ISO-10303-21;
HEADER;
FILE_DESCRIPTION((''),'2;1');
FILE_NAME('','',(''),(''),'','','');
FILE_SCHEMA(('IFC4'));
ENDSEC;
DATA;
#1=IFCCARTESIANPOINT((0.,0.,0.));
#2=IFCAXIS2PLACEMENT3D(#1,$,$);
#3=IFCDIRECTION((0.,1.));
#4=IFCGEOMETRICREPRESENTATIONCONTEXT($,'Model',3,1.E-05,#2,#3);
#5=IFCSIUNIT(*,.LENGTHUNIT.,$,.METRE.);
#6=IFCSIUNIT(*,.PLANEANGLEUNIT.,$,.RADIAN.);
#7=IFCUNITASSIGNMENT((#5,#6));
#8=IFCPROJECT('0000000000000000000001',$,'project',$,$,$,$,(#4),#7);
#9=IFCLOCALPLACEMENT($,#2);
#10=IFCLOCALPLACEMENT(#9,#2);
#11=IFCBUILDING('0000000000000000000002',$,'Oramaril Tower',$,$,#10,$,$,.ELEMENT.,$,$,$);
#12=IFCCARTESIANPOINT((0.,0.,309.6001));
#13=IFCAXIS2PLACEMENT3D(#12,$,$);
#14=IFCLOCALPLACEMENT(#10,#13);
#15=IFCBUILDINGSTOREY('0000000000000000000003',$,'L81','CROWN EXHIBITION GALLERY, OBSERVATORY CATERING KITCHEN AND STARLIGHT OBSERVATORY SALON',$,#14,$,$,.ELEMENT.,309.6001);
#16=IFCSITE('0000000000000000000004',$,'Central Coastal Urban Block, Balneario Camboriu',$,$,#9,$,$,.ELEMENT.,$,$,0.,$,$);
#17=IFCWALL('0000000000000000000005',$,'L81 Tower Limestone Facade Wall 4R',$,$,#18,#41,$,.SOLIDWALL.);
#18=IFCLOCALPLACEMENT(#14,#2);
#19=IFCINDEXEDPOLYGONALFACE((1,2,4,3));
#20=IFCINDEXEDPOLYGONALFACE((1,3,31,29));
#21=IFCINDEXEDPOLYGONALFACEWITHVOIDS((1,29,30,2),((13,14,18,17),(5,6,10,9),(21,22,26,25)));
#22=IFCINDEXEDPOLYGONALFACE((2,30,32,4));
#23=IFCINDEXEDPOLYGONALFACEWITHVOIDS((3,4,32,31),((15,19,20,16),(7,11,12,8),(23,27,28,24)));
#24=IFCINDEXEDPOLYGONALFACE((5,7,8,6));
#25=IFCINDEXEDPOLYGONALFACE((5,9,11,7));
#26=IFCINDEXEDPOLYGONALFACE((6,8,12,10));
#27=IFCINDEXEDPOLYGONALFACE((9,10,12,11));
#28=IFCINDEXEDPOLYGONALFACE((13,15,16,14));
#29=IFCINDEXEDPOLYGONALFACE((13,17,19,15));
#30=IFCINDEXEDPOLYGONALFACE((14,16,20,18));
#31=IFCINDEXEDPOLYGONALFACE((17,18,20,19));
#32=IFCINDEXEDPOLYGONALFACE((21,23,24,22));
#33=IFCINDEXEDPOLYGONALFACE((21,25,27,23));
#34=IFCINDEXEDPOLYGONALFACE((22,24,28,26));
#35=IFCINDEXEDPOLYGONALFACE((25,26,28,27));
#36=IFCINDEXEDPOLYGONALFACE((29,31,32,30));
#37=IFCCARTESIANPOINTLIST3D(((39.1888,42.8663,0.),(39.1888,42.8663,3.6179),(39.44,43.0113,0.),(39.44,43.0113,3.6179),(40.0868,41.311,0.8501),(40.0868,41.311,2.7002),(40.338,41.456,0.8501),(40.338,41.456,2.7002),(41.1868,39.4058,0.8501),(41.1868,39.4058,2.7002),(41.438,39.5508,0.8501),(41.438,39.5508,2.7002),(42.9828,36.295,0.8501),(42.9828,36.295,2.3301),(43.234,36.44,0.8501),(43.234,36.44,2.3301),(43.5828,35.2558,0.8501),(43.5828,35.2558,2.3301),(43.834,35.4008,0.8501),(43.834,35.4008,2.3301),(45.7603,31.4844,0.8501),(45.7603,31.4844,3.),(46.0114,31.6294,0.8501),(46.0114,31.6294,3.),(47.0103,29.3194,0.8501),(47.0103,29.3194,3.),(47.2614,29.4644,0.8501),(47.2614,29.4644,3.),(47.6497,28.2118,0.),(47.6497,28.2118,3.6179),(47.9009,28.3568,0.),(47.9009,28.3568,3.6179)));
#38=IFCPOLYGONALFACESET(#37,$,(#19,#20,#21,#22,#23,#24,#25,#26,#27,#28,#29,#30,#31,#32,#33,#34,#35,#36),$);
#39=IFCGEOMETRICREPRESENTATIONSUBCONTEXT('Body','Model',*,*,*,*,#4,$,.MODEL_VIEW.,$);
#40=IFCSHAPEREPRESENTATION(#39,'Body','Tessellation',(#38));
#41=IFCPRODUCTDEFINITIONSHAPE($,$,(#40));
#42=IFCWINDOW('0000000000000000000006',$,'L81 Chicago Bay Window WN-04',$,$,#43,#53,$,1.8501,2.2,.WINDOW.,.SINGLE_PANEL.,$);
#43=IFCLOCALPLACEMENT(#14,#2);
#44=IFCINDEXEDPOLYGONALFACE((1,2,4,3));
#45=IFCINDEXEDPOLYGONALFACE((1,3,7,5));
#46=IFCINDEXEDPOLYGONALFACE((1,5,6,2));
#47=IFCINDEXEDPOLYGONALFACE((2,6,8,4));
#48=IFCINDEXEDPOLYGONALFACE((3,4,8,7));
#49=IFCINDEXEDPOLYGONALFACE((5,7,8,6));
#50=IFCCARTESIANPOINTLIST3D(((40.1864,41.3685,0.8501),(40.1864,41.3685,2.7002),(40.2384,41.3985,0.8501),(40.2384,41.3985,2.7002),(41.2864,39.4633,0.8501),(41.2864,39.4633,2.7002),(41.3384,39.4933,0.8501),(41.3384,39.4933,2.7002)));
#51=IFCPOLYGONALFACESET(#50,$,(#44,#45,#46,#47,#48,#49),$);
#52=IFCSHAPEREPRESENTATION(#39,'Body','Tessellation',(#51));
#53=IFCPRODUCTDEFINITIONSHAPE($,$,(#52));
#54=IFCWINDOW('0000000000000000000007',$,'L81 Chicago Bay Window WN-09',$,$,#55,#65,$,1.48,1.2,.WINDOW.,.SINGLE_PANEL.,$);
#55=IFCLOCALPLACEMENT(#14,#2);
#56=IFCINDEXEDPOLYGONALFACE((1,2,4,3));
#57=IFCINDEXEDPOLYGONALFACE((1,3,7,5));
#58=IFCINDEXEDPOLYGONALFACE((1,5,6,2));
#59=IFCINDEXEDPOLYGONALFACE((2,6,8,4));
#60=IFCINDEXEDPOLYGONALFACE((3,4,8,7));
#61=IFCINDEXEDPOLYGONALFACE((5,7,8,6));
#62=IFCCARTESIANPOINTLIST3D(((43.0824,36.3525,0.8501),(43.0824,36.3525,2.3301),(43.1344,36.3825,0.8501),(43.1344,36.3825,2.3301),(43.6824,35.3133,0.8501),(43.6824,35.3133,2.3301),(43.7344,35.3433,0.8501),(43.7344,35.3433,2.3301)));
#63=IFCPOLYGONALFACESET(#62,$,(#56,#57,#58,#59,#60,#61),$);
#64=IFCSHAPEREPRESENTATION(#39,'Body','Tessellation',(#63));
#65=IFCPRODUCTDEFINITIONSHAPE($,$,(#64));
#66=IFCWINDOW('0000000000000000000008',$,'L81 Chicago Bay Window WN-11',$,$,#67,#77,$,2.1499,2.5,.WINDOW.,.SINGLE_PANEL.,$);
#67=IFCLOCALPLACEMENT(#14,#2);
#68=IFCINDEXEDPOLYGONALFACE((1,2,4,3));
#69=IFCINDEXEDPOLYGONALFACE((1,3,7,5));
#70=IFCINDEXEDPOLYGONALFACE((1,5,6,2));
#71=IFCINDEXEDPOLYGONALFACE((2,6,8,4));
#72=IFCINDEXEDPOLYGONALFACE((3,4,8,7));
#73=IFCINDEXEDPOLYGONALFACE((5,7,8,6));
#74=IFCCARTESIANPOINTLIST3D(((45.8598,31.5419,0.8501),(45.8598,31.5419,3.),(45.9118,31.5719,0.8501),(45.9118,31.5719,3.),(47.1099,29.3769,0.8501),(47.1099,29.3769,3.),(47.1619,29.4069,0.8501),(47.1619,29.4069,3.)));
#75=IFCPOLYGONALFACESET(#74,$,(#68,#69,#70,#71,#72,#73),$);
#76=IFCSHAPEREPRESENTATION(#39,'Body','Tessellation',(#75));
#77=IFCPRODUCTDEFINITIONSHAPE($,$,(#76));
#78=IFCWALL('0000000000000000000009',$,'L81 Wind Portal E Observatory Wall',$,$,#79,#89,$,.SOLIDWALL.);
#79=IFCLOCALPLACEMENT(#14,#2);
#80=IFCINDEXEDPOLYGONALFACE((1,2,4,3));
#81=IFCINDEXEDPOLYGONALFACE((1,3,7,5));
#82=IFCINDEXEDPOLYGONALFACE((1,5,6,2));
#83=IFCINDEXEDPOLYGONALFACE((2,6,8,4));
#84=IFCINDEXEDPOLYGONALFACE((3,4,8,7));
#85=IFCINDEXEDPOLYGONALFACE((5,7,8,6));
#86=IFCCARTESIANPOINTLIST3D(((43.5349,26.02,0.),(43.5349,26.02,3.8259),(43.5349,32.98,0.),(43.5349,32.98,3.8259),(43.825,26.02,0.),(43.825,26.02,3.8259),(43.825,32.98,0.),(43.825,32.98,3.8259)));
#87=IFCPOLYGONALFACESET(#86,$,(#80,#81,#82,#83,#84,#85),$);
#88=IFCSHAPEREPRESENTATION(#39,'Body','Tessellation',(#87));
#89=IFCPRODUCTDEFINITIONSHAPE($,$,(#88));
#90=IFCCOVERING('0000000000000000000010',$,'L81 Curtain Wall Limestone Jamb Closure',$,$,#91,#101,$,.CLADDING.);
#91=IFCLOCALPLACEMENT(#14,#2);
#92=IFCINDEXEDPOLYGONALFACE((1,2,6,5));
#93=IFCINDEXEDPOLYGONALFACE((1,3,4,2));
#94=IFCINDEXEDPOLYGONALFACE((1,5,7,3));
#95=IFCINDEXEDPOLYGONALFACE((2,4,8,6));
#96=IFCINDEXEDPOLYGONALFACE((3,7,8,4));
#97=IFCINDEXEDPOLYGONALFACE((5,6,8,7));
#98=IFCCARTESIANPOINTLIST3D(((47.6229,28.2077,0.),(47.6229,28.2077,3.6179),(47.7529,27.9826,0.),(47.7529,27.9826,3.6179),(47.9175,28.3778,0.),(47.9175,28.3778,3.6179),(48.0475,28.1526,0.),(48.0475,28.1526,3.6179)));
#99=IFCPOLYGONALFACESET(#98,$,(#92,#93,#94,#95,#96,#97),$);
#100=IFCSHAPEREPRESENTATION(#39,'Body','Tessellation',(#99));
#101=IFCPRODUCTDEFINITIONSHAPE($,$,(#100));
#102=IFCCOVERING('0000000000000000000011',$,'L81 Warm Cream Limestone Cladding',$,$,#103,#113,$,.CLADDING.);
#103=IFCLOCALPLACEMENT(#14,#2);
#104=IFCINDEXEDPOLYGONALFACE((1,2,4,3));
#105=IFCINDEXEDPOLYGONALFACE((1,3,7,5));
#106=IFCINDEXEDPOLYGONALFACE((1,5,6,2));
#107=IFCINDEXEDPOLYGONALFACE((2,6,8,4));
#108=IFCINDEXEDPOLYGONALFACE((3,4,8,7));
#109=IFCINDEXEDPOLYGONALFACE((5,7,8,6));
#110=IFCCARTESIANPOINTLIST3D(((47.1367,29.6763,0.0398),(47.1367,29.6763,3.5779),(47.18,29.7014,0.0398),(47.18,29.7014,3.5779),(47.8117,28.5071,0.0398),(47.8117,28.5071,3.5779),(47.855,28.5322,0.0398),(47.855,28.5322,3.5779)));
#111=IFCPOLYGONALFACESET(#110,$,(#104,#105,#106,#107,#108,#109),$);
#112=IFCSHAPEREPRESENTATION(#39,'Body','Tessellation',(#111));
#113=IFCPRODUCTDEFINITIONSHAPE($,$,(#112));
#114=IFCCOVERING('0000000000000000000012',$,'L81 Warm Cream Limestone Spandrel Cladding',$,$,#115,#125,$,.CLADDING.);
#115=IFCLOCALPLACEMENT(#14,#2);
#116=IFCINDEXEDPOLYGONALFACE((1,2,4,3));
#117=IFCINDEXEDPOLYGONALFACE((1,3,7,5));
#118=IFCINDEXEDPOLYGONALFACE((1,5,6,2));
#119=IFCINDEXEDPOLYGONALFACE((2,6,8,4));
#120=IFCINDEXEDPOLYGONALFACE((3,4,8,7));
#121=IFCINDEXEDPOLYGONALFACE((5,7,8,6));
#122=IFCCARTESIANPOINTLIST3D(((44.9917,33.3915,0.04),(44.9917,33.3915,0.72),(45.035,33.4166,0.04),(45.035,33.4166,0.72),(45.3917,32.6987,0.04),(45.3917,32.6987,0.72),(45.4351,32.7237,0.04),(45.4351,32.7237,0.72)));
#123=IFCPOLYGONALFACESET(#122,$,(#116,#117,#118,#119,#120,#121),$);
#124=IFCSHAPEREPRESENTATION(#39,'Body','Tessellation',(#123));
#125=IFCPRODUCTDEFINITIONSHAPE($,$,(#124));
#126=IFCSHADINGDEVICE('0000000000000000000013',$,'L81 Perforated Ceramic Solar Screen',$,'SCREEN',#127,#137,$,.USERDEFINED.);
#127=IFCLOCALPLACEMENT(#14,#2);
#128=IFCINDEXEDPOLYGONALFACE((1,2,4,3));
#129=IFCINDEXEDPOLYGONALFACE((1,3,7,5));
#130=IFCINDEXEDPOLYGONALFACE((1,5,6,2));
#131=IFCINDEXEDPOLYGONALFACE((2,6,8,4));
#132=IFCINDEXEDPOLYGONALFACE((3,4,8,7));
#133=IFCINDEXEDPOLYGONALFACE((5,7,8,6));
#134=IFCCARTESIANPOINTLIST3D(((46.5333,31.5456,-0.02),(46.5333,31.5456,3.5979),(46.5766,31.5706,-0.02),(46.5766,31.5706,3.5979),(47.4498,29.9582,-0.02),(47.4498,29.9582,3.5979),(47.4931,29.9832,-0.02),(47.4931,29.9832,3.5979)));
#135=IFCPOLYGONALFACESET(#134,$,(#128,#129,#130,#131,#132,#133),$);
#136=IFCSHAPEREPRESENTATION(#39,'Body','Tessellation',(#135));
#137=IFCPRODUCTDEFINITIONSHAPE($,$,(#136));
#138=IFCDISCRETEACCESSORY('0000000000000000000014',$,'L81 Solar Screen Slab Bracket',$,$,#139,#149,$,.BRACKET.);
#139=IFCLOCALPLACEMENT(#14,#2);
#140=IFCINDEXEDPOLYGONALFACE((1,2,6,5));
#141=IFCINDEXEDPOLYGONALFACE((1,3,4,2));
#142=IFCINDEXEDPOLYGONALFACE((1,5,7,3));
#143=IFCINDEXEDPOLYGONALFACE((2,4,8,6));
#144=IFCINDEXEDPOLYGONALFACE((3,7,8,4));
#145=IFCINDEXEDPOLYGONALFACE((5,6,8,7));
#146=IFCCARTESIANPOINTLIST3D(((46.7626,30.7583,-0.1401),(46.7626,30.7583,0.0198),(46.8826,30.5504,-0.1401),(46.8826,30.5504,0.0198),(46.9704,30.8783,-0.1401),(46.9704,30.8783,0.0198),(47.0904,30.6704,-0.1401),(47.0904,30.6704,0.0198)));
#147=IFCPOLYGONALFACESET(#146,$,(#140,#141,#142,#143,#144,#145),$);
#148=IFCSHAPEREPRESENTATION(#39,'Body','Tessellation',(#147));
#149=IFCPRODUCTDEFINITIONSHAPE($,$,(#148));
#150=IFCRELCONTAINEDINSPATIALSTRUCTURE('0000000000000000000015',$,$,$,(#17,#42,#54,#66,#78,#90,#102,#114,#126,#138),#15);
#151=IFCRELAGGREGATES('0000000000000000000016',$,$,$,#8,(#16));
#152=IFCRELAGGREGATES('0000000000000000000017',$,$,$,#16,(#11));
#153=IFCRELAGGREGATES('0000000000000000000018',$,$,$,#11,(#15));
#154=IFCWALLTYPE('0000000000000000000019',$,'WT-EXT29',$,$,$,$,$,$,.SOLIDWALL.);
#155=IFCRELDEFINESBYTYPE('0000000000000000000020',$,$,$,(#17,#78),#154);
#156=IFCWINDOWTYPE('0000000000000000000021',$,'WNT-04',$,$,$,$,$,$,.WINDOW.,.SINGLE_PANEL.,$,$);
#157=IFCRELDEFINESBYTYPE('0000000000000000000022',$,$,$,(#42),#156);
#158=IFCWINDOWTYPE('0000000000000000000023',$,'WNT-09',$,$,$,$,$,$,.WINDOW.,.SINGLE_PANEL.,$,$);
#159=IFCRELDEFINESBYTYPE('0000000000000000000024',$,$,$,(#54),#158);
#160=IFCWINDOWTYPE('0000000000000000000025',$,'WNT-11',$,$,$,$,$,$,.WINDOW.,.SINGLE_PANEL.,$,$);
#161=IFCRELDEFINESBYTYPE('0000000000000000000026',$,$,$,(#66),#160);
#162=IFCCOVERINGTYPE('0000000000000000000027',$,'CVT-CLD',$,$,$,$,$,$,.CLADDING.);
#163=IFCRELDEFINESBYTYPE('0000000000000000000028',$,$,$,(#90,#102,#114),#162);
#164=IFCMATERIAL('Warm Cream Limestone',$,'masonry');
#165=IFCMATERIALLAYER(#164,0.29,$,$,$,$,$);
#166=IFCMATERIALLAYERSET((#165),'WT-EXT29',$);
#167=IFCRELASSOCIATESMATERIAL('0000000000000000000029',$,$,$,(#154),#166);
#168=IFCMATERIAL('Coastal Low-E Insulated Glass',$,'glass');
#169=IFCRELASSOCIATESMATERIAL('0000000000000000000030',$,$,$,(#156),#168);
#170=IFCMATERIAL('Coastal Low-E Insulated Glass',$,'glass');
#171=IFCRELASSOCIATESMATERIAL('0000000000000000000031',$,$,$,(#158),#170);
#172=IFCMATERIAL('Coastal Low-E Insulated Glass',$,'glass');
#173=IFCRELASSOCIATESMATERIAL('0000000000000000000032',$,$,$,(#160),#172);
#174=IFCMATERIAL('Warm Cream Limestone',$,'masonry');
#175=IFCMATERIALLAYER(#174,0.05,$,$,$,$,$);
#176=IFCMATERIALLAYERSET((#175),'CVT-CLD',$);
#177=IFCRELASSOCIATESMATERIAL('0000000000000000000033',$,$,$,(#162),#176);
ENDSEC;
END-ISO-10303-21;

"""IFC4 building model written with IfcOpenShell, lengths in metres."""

from ifc_helpers import new_model, si_unit, direction, frame, frame_2d, origin, origin_2d, place, context, subcontext, project, spatial, rectangle, extrude, material, layer, layer_set, type_object, element, fill, save


model = new_model("IFC4")

# Units and contexts
model_context = context("Model", 3, precision=1e-05, world=origin(), true_north=direction((0.0, 1.0)))
body_context = subcontext(model_context, "Body", "Model", "MODEL_VIEW")
ifc_project = project(units=[si_unit("LENGTHUNIT", "METRE"), si_unit("PLANEANGLEUNIT", "RADIAN")], contexts=[model_context])

# Site, building, storey
site_placement = place(None, origin())
site = spatial("IfcSite", under=ifc_project, at=site_placement, Name="Central Coastal Urban Block, Balneario Camboriu", CompositionType="ELEMENT", RefElevation=0.0)
building_placement = place(site_placement, origin())
building = spatial("IfcBuilding", under=site, at=building_placement, Name="Oramaril Tower", CompositionType="ELEMENT")
storey_placement = place(building_placement, frame((0.0, 0.0, 309.6001)))
storey = spatial("IfcBuildingStorey", under=building, at=storey_placement, Name="L81", Description="CROWN EXHIBITION GALLERY, OBSERVATORY CATERING KITCHEN AND STARLIGHT OBSERVATORY SALON", CompositionType="ELEMENT", Elevation=309.6001)

# Wall, openings, windows
ifc_material_1 = material(Name="Warm Cream Limestone", Category="masonry")
ifc_layer_1 = layer(ifc_material_1, 0.29)
ifc_layer_set_1 = layer_set([ifc_layer_1], Name="WT-EXT29")
wall_type_1 = type_object("IfcWallType", Name="WT-EXT29", PredefinedType="SOLIDWALL", material=ifc_layer_set_1)
wall_1_placement = place(storey_placement, frame((47.7754, 28.2842, 0.0), z_axis=(0.0, 0.0, 1.0), x_axis=(-0.500006, 0.866022, 0.0)))
wall_1 = element("IfcWall", 1, at=wall_1_placement, inside=storey, type_object=wall_type_1, Name="L81 Tower Limestone Facade Wall 4R", PredefinedType="SOLIDWALL", context=body_context, shape_type="SweptSolid", body=[
    extrude(rectangle(XDim=16.9216, YDim=0.29, at=frame_2d((8.4609, 0.0))), origin(), (0.0, 0.0, 1.0), 3.6179),
])
opening_1_placement = place(wall_1_placement, frame((1.2791, 0.0, 0.8501)))
opening_1 = element("IfcOpeningElement", 2, at=opening_1_placement, cuts=wall_1, PredefinedType="OPENING", context=body_context, shape_type="SweptSolid", body=[
    extrude(rectangle(XDim=2.5, YDim=2.1499, at=frame_2d((1.25, 1.075))), frame((0.0, 0.145, 0.0), z_axis=(0.0, -1.0, 0.0), x_axis=(1.0, 0.0, 0.0)), (0.0, 0.0, 1.0), 0.29),
])
opening_2_placement = place(wall_1_placement, frame((8.1338, 0.0, 0.8501)))
opening_2 = element("IfcOpeningElement", 3, at=opening_2_placement, cuts=wall_1, PredefinedType="OPENING", context=body_context, shape_type="SweptSolid", body=[
    extrude(rectangle(XDim=1.2, YDim=1.48, at=frame_2d((0.6001, 0.74))), frame((0.0, 0.145, 0.0), z_axis=(0.0, -1.0, 0.0), x_axis=(1.0, 0.0, 0.0)), (0.0, 0.0, 1.0), 0.29),
])
opening_3_placement = place(wall_1_placement, frame((12.9258, 0.0, 0.8501)))
opening_3 = element("IfcOpeningElement", 4, at=opening_3_placement, cuts=wall_1, PredefinedType="OPENING", context=body_context, shape_type="SweptSolid", body=[
    extrude(rectangle(XDim=2.2, YDim=1.8501, at=frame_2d((1.1001, 0.925))), frame((0.0, 0.145, 0.0), z_axis=(0.0, -1.0, 0.0), x_axis=(1.0, 0.0, 0.0)), (0.0, 0.0, 1.0), 0.29),
])
ifc_material_2 = material(Name="Coastal Low-E Insulated Glass", Category="glass")
window_type_1 = type_object("IfcWindowType", Name="WNT-04", PartitioningType="SINGLE_PANEL", PredefinedType="WINDOW", material=ifc_material_2)
window_1_placement = place(opening_3_placement, origin())
window_1 = element("IfcWindow", 5, at=window_1_placement, inside=storey, type_object=window_type_1, Name="L81 Chicago Bay Window WN-04", OverallHeight=1.8501, OverallWidth=2.2, PartitioningType="SINGLE_PANEL", PredefinedType="WINDOW", context=body_context, shape_type="SweptSolid", body=[
    extrude(rectangle(XDim=2.2, YDim=1.8501, at=frame_2d((1.1001, 0.925))), frame((0.0, 0.03, 0.0), z_axis=(0.0, -1.0, 0.0), x_axis=(1.0, 0.0, 0.0)), (0.0, 0.0, 1.0), 0.0601),
])
fill(opening_3, window_1)
ifc_material_3 = material(Name="Coastal Low-E Insulated Glass", Category="glass")
window_type_2 = type_object("IfcWindowType", Name="WNT-09", PartitioningType="SINGLE_PANEL", PredefinedType="WINDOW", material=ifc_material_3)
window_2_placement = place(opening_2_placement, origin())
window_2 = element("IfcWindow", 6, at=window_2_placement, inside=storey, type_object=window_type_2, Name="L81 Chicago Bay Window WN-09", OverallHeight=1.48, OverallWidth=1.2, PartitioningType="SINGLE_PANEL", PredefinedType="WINDOW", context=body_context, shape_type="SweptSolid", body=[
    extrude(rectangle(XDim=1.2, YDim=1.48, at=frame_2d((0.6001, 0.74))), frame((0.0, 0.03, 0.0), z_axis=(0.0, -1.0, 0.0), x_axis=(1.0, 0.0, 0.0)), (0.0, 0.0, 1.0), 0.0601),
])
fill(opening_2, window_2)
ifc_material_4 = material(Name="Coastal Low-E Insulated Glass", Category="glass")
window_type_3 = type_object("IfcWindowType", Name="WNT-11", PartitioningType="SINGLE_PANEL", PredefinedType="WINDOW", material=ifc_material_4)
window_3_placement = place(opening_1_placement, origin())
window_3 = element("IfcWindow", 7, at=window_3_placement, inside=storey, type_object=window_type_3, Name="L81 Chicago Bay Window WN-11", OverallHeight=2.1499, OverallWidth=2.5, PartitioningType="SINGLE_PANEL", PredefinedType="WINDOW", context=body_context, shape_type="SweptSolid", body=[
    extrude(rectangle(XDim=2.5, YDim=2.1499, at=frame_2d((1.25, 1.075))), frame((0.0, 0.03, 0.0), z_axis=(0.0, -1.0, 0.0), x_axis=(1.0, 0.0, 0.0)), (0.0, 0.0, 1.0), 0.0601),
])
fill(opening_1, window_3)

# Wall
wall_2_placement = place(storey_placement, frame((43.6799, 26.02, 0.0), z_axis=(0.0, 0.0, 1.0), x_axis=(0.0, 1.0, 0.0)))
element("IfcWall", 8, at=wall_2_placement, inside=storey, type_object=wall_type_1, Name="L81 Wind Portal E Observatory Wall", PredefinedType="SOLIDWALL", context=body_context, shape_type="SweptSolid", body=[
    extrude(rectangle(XDim=6.96, YDim=0.29, at=frame_2d((3.48, 0.0))), origin(), (0.0, 0.0, 1.0), 3.8259),
])

# Coverings
ifc_material_5 = material(Name="Warm Cream Limestone", Category="masonry")
ifc_layer_2 = layer(ifc_material_5, 0.05)
ifc_layer_set_2 = layer_set([ifc_layer_2], Name="CVT-CLD")
covering_type = type_object("IfcCoveringType", Name="CVT-CLD", PredefinedType="CLADDING", material=ifc_layer_set_2)
covering_1_placement = place(storey_placement, frame((47.8352, 28.1802, 0.0), z_axis=(0.0, 0.0, 1.0), x_axis=(-0.5, 0.866025, 0.0)))
element("IfcCovering", 9, at=covering_1_placement, inside=storey, type_object=covering_type, Name="L81 Curtain Wall Limestone Jamb Closure", PredefinedType="CLADDING", context=body_context, shape_type="SweptSolid", body=[
    extrude(rectangle(XDim=0.26, YDim=0.3401, at=origin_2d()), origin(), (0.0, 0.0, 1.0), 3.6179),
])
covering_2_placement = place(storey_placement, frame((47.4958, 29.1042, 0.0398), z_axis=(0.0, 0.0, 1.0), x_axis=(-0.5, 0.866025, 0.0)))
element("IfcCovering", 10, at=covering_2_placement, inside=storey, type_object=covering_type, Name="L81 Warm Cream Limestone Cladding", PredefinedType="CLADDING", context=body_context, shape_type="SweptSolid", body=[
    extrude(rectangle(XDim=1.3501, YDim=0.05, at=origin_2d()), origin(), (0.0, 0.0, 1.0), 3.5381),
])
covering_3_placement = place(storey_placement, frame((45.2134, 33.0576, 0.04), z_axis=(0.0, 0.0, 1.0), x_axis=(-0.5, 0.866025, 0.0)))
element("IfcCovering", 11, at=covering_3_placement, inside=storey, type_object=covering_type, Name="L81 Warm Cream Limestone Spandrel Cladding", PredefinedType="CLADDING", context=body_context, shape_type="SweptSolid", body=[
    extrude(rectangle(XDim=0.8, YDim=0.05, at=origin_2d()), origin(), (0.0, 0.0, 1.0), 0.6799),
])

# Shading device
shading_device_placement = place(storey_placement, frame((47.0132, 30.7644, -0.02), z_axis=(0.0, 0.0, 1.0), x_axis=(-0.499998, 0.866026, 0.0)))
element("IfcShadingDevice", 12, at=shading_device_placement, inside=storey, Name="L81 Perforated Ceramic Solar Screen", ObjectType="SCREEN", PredefinedType="USERDEFINED", context=body_context, shape_type="SweptSolid", body=[
    extrude(rectangle(XDim=1.833, YDim=0.05, at=origin_2d()), origin(), (0.0, 0.0, 1.0), 3.6179),
])

# Discrete accessory
discrete_accessory_placement = place(storey_placement, frame((46.9265, 30.7144, -0.1401), z_axis=(0.0, 0.0, 1.0), x_axis=(-0.499998, 0.866026, 0.0)))
element("IfcDiscreteAccessory", 13, at=discrete_accessory_placement, inside=storey, Name="L81 Solar Screen Slab Bracket", PredefinedType="BRACKET", context=body_context, shape_type="SweptSolid", body=[
    extrude(rectangle(XDim=0.24, YDim=0.24, at=origin_2d()), origin(), (0.0, 0.0, 1.0), 0.1599),
])

save(model, "model.ifc")
